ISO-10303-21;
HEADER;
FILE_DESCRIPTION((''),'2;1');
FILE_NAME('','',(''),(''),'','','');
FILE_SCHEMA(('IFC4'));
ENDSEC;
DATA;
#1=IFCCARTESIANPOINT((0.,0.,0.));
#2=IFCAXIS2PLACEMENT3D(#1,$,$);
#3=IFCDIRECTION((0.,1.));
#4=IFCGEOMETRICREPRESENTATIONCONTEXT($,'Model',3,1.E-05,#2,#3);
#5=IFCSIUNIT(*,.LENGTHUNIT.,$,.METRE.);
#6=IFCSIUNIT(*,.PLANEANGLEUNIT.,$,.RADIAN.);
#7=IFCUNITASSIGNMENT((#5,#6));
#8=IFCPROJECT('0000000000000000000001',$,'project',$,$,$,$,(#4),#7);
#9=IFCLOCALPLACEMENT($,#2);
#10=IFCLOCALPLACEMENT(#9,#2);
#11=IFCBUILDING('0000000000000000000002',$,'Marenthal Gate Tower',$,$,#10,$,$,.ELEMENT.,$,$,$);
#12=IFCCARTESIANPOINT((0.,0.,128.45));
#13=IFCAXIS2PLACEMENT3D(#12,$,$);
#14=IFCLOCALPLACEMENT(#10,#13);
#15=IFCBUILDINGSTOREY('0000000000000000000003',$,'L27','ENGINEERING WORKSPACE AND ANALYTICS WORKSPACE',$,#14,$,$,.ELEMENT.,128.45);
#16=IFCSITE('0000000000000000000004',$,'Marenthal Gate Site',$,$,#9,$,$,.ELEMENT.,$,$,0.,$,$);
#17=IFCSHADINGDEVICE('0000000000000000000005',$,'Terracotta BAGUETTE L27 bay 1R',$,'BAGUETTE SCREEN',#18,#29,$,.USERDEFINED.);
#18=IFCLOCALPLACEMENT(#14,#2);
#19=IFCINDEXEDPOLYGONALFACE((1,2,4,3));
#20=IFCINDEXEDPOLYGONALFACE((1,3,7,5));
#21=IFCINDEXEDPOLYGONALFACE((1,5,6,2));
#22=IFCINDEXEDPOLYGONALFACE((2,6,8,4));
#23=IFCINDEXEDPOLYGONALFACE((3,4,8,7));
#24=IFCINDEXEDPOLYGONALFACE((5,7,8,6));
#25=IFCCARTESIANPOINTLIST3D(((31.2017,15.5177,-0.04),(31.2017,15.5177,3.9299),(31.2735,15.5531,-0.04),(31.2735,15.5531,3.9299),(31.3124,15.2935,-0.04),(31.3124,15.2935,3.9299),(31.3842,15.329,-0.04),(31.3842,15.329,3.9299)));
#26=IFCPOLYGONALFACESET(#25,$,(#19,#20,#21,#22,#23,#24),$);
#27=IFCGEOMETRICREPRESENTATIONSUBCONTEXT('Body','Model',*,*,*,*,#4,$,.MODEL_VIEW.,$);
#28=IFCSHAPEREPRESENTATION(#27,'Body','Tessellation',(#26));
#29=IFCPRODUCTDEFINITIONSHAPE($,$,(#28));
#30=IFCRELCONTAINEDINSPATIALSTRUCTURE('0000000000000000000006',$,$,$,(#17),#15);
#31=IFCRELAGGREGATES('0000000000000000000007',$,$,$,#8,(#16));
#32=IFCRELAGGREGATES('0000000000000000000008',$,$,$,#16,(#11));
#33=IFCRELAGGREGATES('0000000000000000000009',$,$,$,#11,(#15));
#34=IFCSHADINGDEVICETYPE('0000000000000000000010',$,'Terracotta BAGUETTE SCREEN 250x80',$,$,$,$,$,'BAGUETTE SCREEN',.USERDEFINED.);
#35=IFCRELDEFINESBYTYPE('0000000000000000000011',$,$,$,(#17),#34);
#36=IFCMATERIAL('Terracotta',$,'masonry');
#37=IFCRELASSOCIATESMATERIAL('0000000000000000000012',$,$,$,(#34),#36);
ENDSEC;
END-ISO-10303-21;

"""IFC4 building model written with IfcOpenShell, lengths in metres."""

from ifc_helpers import new_model, si_unit, direction, frame, origin, origin_2d, place, context, subcontext, project, spatial, rectangle, extrude, material, material_profile, profile_set, type_object, element, save


model = new_model("IFC4")

# Units and contexts
model_context = context("Model", 3, precision=1e-05, world=origin(), true_north=direction((0.0, 1.0)))
body_context = subcontext(model_context, "Body", "Model", "MODEL_VIEW")
ifc_project = project(units=[si_unit("LENGTHUNIT", "METRE"), si_unit("PLANEANGLEUNIT", "RADIAN")], contexts=[model_context])

# Site, building, storey
site_placement = place(None, origin())
site = spatial("IfcSite", under=ifc_project, at=site_placement, Name="Marenthal Gate Site", CompositionType="ELEMENT", RefElevation=0.0)
building_placement = place(site_placement, origin())
building = spatial("IfcBuilding", under=site, at=building_placement, Name="Marenthal Gate Tower", CompositionType="ELEMENT")
storey_placement = place(building_placement, frame((0.0, 0.0, 128.45)))
storey = spatial("IfcBuildingStorey", under=building, at=storey_placement, Name="L27", Description="ENGINEERING WORKSPACE AND ANALYTICS WORKSPACE", CompositionType="ELEMENT", Elevation=128.45)

# Shading device
ifc_material_1 = material(Name="Terracotta", Category="masonry")
ifc_material_profile_1 = material_profile(ifc_material_1, rectangle(XDim=0.25, YDim=0.0801, at=origin_2d()), Name="Terracotta baguette 250x80")
ifc_profile_set_1 = profile_set([ifc_material_profile_1], Name="Terracotta")
shading_device_type = type_object("IfcShadingDeviceType", Name="Terracotta BAGUETTE SCREEN 250x80", ElementType="BAGUETTE SCREEN", PredefinedType="USERDEFINED", material=ifc_profile_set_1)
shading_device_placement = place(storey_placement, frame((31.293, 15.4233, -0.04), z_axis=(0.0, 0.0, 1.0), x_axis=(-0.442658, 0.896691, 0.0)))
element("IfcShadingDevice", 1, at=shading_device_placement, inside=storey, type_object=shading_device_type, Name="Terracotta BAGUETTE L27 bay 1R", ObjectType="BAGUETTE SCREEN", PredefinedType="USERDEFINED", context=body_context, shape_type="SweptSolid", body=[
    extrude(rectangle(XDim=0.25, YDim=0.0801, at=origin_2d()), origin(), (0.0, 0.0, 1.0), 3.97),
])

save(model, "model.ifc")
